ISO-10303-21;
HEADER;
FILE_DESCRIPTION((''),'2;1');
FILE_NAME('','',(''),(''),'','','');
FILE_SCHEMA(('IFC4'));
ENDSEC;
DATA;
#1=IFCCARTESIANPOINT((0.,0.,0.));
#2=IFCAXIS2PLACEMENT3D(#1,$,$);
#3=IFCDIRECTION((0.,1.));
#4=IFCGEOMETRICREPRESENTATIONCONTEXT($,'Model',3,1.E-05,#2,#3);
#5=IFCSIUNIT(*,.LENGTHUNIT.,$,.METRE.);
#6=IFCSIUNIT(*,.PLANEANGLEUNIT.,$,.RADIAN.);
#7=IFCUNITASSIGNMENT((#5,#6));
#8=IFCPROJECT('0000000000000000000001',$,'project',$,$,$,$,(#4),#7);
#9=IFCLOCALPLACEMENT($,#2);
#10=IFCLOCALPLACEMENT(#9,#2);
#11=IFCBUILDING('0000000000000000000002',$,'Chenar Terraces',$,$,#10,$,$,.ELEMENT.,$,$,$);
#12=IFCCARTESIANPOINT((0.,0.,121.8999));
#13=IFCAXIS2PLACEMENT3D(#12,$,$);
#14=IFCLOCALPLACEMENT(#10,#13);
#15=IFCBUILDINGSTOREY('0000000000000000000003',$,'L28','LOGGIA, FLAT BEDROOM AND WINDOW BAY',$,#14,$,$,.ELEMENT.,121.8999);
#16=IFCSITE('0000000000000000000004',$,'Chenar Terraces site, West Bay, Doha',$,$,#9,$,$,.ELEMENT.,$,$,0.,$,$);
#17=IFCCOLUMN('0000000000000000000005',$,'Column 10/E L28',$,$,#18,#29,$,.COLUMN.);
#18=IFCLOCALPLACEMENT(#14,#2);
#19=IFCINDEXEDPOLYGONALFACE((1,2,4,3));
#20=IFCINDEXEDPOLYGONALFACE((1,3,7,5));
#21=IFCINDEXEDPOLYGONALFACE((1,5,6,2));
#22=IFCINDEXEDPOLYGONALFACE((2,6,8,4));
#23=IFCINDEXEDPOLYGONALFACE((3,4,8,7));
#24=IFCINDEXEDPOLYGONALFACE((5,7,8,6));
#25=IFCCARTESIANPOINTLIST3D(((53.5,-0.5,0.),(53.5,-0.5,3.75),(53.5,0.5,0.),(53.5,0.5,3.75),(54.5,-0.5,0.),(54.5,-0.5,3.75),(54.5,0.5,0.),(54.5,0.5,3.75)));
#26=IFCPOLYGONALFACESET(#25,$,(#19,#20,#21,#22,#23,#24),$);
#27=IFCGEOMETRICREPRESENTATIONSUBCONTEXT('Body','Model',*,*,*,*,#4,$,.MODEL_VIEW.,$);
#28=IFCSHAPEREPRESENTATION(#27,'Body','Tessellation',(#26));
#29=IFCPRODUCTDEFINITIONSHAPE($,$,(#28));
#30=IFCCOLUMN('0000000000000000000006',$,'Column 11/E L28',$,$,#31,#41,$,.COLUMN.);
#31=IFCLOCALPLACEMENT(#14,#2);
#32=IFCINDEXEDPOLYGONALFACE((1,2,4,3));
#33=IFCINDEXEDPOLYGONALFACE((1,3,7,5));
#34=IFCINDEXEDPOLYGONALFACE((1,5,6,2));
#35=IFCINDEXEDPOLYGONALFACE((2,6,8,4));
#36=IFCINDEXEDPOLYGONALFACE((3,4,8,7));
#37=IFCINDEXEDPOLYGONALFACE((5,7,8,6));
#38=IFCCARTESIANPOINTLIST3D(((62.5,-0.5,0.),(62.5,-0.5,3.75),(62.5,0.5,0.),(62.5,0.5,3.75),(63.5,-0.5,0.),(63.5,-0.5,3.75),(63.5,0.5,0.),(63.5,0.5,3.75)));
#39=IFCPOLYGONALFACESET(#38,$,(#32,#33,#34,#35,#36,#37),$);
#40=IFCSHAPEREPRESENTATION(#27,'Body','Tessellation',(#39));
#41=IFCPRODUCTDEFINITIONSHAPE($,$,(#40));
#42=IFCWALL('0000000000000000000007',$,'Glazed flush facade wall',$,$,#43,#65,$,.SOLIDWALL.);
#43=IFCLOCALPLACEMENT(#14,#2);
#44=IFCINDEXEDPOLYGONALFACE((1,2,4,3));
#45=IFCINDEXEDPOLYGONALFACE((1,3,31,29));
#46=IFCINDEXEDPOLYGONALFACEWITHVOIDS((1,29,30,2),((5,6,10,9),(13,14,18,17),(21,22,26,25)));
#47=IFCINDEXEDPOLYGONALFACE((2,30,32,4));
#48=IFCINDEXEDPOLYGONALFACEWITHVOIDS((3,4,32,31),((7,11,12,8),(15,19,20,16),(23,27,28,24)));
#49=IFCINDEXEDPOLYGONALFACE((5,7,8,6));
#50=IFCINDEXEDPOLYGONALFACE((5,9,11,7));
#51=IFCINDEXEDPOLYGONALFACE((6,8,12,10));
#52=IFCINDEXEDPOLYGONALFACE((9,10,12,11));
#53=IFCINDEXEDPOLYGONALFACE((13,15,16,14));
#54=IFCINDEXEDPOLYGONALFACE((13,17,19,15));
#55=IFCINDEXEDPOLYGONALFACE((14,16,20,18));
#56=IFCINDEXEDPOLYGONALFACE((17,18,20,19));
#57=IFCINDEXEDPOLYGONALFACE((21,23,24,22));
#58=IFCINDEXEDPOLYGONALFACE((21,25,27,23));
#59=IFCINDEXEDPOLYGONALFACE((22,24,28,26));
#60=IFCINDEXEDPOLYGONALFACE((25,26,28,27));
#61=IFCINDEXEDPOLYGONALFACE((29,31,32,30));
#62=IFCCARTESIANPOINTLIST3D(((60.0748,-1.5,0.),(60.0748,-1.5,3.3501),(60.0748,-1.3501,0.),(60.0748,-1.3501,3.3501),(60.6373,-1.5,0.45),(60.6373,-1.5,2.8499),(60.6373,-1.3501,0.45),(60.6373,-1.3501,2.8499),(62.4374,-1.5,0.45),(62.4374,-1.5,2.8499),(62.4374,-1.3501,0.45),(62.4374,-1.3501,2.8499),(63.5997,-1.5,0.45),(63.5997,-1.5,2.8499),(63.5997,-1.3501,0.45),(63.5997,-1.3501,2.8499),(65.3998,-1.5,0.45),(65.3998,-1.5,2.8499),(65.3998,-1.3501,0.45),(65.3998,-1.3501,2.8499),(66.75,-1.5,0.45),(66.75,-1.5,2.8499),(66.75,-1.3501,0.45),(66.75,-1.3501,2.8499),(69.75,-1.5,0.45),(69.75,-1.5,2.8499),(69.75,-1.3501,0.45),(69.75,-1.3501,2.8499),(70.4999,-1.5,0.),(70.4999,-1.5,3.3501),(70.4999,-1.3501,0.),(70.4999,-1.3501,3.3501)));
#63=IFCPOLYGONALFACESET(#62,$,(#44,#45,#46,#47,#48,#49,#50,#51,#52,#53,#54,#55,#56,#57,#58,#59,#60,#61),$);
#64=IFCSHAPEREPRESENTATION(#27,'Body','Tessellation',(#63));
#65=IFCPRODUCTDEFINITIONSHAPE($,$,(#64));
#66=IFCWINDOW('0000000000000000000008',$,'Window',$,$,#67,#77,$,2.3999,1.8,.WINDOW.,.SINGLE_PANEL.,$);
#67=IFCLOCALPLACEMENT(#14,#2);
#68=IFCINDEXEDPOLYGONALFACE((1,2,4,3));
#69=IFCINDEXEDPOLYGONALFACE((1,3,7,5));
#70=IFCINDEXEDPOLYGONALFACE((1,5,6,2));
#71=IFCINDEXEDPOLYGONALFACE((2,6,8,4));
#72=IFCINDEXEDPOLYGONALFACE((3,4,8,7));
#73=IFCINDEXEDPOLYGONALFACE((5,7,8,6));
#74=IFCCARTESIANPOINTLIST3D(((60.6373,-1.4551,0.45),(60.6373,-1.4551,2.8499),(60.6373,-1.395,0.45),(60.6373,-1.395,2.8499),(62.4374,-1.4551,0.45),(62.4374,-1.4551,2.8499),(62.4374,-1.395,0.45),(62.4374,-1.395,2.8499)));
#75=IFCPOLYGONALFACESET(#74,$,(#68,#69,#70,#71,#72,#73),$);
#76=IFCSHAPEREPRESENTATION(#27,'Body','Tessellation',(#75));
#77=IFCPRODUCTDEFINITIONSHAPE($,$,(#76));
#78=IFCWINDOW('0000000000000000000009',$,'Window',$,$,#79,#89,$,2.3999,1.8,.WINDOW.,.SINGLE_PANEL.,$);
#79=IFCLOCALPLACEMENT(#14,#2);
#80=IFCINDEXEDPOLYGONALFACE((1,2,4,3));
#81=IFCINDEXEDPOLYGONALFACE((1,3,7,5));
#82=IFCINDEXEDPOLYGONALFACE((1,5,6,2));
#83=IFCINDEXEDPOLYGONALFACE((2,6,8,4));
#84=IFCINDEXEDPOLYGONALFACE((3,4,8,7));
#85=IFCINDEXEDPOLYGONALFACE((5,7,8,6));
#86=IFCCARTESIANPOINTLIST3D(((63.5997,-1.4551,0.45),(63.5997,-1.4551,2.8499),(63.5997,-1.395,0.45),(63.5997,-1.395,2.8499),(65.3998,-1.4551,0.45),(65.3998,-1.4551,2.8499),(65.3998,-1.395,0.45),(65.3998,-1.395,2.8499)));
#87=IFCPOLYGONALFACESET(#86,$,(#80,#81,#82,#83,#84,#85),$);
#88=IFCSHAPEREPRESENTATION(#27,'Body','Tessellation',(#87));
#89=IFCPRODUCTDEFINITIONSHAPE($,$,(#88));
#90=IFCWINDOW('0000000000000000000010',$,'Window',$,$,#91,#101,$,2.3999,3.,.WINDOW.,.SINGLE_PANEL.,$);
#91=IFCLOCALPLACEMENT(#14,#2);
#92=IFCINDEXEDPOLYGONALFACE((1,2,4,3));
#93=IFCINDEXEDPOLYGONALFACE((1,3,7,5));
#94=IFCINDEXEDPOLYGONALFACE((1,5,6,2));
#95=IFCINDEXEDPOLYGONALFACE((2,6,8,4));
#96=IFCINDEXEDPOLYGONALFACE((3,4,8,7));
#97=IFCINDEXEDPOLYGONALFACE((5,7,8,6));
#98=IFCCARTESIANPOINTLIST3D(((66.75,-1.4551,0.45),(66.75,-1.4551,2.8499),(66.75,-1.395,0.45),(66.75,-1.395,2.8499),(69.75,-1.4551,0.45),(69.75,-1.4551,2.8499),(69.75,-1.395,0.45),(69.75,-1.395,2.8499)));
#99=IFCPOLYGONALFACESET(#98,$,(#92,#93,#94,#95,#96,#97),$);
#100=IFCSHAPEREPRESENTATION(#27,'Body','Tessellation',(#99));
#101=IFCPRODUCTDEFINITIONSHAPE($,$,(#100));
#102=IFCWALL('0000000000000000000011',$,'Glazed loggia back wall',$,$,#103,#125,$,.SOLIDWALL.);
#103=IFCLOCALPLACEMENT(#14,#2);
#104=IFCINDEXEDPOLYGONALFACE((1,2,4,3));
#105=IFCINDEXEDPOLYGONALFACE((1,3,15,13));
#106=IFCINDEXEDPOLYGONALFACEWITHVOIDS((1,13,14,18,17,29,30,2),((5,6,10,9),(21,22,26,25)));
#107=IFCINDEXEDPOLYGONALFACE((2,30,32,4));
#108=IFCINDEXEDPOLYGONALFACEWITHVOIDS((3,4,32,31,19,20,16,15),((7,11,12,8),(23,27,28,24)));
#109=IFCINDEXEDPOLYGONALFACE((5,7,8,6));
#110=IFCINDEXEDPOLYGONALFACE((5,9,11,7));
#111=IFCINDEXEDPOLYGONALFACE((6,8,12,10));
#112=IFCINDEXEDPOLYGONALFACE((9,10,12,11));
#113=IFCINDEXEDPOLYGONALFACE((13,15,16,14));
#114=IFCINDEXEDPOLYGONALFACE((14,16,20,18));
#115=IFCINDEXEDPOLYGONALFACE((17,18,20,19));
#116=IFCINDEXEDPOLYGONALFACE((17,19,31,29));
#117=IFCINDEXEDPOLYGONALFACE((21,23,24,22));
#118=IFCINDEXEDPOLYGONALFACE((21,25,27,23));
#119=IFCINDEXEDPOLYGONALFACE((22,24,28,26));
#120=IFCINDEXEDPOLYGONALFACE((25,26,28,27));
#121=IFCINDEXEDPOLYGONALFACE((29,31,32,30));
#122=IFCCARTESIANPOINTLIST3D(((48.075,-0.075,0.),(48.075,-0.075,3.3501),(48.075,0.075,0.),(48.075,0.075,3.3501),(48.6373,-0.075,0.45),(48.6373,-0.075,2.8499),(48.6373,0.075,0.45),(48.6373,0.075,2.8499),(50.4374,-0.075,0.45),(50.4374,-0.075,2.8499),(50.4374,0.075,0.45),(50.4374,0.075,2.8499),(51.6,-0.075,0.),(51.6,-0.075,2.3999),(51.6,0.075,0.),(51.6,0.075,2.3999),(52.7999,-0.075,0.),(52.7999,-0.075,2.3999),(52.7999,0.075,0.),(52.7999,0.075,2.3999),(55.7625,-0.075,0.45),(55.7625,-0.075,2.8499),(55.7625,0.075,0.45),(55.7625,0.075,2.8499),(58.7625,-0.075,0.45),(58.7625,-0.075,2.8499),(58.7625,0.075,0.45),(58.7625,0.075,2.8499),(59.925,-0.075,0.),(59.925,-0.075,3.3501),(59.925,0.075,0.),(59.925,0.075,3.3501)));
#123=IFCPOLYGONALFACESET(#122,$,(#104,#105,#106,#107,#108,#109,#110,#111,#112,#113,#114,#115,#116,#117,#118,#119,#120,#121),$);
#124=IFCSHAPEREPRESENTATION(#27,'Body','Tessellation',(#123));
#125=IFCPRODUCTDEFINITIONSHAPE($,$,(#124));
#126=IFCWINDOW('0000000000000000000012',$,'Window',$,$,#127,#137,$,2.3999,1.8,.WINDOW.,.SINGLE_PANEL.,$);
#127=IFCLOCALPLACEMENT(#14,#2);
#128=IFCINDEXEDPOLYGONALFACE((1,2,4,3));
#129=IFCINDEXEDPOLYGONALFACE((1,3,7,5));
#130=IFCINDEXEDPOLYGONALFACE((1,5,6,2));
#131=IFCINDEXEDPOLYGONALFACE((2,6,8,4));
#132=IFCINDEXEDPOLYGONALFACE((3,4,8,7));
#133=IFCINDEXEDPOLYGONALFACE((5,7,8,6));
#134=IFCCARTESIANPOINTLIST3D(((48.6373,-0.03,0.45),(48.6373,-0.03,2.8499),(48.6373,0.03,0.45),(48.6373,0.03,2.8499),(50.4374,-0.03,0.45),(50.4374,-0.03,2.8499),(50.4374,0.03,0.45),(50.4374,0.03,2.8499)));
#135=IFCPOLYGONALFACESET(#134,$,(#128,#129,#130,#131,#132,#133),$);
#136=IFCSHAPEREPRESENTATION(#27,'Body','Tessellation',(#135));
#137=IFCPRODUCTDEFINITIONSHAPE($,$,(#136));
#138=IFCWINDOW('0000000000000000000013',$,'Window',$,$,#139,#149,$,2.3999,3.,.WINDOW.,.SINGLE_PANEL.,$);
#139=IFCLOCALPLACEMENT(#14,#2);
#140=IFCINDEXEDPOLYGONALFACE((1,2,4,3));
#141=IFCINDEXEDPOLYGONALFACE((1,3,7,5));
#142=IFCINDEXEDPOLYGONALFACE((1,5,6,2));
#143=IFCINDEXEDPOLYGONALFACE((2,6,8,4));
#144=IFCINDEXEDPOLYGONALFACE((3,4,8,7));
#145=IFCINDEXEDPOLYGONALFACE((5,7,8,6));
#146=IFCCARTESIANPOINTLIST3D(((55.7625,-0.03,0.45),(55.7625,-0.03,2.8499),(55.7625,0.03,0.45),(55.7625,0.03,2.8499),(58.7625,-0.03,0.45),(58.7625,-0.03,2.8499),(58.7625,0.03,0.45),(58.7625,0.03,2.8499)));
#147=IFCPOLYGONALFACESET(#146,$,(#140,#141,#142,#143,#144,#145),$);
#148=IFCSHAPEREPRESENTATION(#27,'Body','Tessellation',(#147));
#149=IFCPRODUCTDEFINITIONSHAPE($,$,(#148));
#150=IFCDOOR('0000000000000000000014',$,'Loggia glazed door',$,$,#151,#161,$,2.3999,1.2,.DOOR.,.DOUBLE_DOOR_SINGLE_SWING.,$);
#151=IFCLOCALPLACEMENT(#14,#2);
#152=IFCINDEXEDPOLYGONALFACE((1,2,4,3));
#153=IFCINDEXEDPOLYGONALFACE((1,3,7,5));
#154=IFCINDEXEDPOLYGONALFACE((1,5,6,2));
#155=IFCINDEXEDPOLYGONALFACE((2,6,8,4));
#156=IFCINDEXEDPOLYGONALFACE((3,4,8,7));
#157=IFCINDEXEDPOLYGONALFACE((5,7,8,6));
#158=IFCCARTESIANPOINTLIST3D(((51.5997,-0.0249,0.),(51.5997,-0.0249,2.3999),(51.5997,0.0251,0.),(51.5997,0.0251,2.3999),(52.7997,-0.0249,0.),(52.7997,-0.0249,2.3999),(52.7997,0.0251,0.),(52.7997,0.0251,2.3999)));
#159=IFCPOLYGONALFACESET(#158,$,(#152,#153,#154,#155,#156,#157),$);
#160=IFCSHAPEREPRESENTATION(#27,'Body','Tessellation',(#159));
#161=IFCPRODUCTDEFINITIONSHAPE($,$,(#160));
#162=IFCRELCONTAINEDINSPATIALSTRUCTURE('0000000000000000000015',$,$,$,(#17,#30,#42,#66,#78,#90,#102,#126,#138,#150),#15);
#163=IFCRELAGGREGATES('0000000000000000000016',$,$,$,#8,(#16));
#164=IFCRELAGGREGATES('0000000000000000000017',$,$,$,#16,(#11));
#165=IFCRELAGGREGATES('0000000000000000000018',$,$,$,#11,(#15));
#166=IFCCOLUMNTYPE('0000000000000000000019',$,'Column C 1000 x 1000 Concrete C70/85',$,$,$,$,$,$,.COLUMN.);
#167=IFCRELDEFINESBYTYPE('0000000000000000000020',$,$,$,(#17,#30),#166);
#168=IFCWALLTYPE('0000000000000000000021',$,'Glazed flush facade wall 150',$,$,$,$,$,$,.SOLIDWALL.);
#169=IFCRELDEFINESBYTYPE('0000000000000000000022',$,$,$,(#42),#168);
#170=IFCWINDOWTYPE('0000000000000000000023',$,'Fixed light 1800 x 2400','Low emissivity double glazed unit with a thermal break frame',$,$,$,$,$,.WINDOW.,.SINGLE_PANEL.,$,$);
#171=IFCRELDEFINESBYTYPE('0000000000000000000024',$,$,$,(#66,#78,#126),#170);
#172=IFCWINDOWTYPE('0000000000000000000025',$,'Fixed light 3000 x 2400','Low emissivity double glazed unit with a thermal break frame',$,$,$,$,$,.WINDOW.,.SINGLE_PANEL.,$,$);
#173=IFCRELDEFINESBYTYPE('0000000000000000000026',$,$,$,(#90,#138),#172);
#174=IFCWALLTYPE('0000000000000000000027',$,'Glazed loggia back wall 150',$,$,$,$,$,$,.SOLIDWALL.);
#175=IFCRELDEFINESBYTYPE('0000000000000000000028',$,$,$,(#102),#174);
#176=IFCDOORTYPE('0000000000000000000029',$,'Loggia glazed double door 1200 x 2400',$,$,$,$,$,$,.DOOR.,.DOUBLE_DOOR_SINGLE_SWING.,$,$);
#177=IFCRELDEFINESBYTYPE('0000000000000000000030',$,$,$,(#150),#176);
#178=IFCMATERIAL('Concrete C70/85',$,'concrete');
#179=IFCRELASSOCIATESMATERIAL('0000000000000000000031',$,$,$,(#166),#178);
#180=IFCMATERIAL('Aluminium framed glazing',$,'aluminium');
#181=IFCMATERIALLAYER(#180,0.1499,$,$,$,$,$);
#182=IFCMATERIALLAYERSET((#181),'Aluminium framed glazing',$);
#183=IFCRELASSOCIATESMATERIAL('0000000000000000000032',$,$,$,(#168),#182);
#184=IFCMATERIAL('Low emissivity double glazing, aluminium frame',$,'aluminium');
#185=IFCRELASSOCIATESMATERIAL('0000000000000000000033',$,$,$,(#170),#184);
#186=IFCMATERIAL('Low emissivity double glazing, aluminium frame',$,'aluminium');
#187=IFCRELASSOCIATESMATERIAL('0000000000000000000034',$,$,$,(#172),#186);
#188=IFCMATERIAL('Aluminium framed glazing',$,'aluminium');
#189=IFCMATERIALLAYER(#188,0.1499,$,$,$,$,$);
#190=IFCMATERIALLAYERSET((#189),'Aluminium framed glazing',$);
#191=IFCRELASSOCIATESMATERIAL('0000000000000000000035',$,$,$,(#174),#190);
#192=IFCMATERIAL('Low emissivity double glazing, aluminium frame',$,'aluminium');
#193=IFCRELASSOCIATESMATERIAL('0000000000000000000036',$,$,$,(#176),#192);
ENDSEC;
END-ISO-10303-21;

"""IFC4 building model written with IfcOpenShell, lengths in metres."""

from ifc_helpers import new_model, si_unit, direction, frame, frame_2d, origin, origin_2d, place, context, subcontext, project, spatial, rectangle, extrude, material, layer, layer_set, material_profile, profile_set, type_object, element, fill, save


model = new_model("IFC4")

# Units and contexts
model_context = context("Model", 3, precision=1e-05, world=origin(), true_north=direction((0.0, 1.0)))
body_context = subcontext(model_context, "Body", "Model", "MODEL_VIEW")
ifc_project = project(units=[si_unit("LENGTHUNIT", "METRE"), si_unit("PLANEANGLEUNIT", "RADIAN")], contexts=[model_context])

# Site, building, storey
site_placement = place(None, origin())
site = spatial("IfcSite", under=ifc_project, at=site_placement, Name="Chenar Terraces site, West Bay, Doha", CompositionType="ELEMENT", RefElevation=0.0)
building_placement = place(site_placement, origin())
building = spatial("IfcBuilding", under=site, at=building_placement, Name="Chenar Terraces", CompositionType="ELEMENT")
storey_placement = place(building_placement, frame((0.0, 0.0, 121.8999)))
storey = spatial("IfcBuildingStorey", under=building, at=storey_placement, Name="L28", Description="LOGGIA, FLAT BEDROOM AND WINDOW BAY", CompositionType="ELEMENT", Elevation=121.8999)

# Columns
ifc_material_1 = material(Name="Concrete C70/85", Category="concrete")
ifc_material_profile_1 = material_profile(ifc_material_1, rectangle(XDim=1.0, YDim=1.0, at=origin_2d()), Name="C 1000 x 1000")
ifc_profile_set_1 = profile_set([ifc_material_profile_1], Name="Concrete C70/85")
column_type = type_object("IfcColumnType", Name="Column C 1000 x 1000 Concrete C70/85", PredefinedType="COLUMN", material=ifc_profile_set_1)
for number, where, z_axis, x_axis, name in (
    (1, (54.0, 0.0, 0.0), (0.0, 0.0, 1.0), (1.0, 0.0, 0.0), "Column 10/E L28"),
    (2, (63.0, 0.0, 0.0), (0.0, 0.0, 1.0), (1.0, 0.0, 0.0), "Column 11/E L28"),
):
    element("IfcColumn", number, at=place(storey_placement, frame(where, z_axis=z_axis, x_axis=x_axis)), inside=storey, type_object=column_type, Name=name, PredefinedType="COLUMN", context=body_context, shape_type="SweptSolid", body=[
        extrude(rectangle(XDim=1.0, YDim=1.0, at=origin_2d()), origin(), (0.0, 0.0, 1.0), 3.75),
    ])

# Wall, openings, windows
ifc_material_2 = material(Name="Aluminium framed glazing", Category="aluminium")
ifc_layer_1 = layer(ifc_material_2, 0.1499)
ifc_layer_set_1 = layer_set([ifc_layer_1], Name="Aluminium framed glazing")
wall_type_1 = type_object("IfcWallType", Name="Glazed flush facade wall 150", PredefinedType="SOLIDWALL", material=ifc_layer_set_1)
wall_1_placement = place(storey_placement, frame((60.075, -1.425, 0.0), z_axis=(0.0, 0.0, 1.0), x_axis=(1.0, 0.0, 0.0)))
wall_1 = element("IfcWall", 3, at=wall_1_placement, inside=storey, type_object=wall_type_1, Name="Glazed flush facade wall", PredefinedType="SOLIDWALL", context=body_context, shape_type="SweptSolid", body=[
    extrude(rectangle(XDim=10.425, YDim=0.1499, at=frame_2d((5.2124, 0.0))), origin(), (0.0, 0.0, 1.0), 3.3501),
])
opening_1_placement = place(wall_1_placement, frame((0.5625, 0.0, 0.45)))
opening_1 = element("IfcOpeningElement", 4, at=opening_1_placement, cuts=wall_1, PredefinedType="OPENING", context=body_context, shape_type="SweptSolid", body=[
    extrude(rectangle(XDim=1.8, YDim=2.3999, at=frame_2d((0.8999, 1.2))), frame((0.0, 0.085, 0.0), z_axis=(0.0, -1.0, 0.0), x_axis=(1.0, 0.0, 0.0)), (0.0, 0.0, 1.0), 0.1699),
])
opening_2_placement = place(wall_1_placement, frame((3.5249, 0.0, 0.45)))
opening_2 = element("IfcOpeningElement", 5, at=opening_2_placement, cuts=wall_1, PredefinedType="OPENING", context=body_context, shape_type="SweptSolid", body=[
    extrude(rectangle(XDim=1.8, YDim=2.3999, at=frame_2d((0.8999, 1.2))), frame((0.0, 0.085, 0.0), z_axis=(0.0, -1.0, 0.0), x_axis=(1.0, 0.0, 0.0)), (0.0, 0.0, 1.0), 0.1699),
])
opening_3_placement = place(wall_1_placement, frame((6.675, 0.0, 0.45)))
opening_3 = element("IfcOpeningElement", 6, at=opening_3_placement, cuts=wall_1, PredefinedType="OPENING", context=body_context, shape_type="SweptSolid", body=[
    extrude(rectangle(XDim=3.0, YDim=2.3999, at=frame_2d((1.5, 1.2))), frame((0.0, 0.085, 0.0), z_axis=(0.0, -1.0, 0.0), x_axis=(1.0, 0.0, 0.0)), (0.0, 0.0, 1.0), 0.1699),
])
ifc_material_3 = material(Name="Low emissivity double glazing, aluminium frame", Category="aluminium")
window_type_1 = type_object("IfcWindowType", Name="Fixed light 1800 x 2400", Description="Low emissivity double glazed unit with a thermal break frame", PartitioningType="SINGLE_PANEL", PredefinedType="WINDOW", material=ifc_material_3)
window_1_placement = place(opening_1_placement, origin())
window_1 = element("IfcWindow", 7, at=window_1_placement, inside=storey, type_object=window_type_1, Name="Window", OverallHeight=2.3999, OverallWidth=1.8, PartitioningType="SINGLE_PANEL", PredefinedType="WINDOW", context=body_context, shape_type="SweptSolid", body=[
    extrude(rectangle(XDim=1.8, YDim=2.3999, at=frame_2d((0.8999, 1.2))), frame((0.0, 0.03, 0.0), z_axis=(0.0, -1.0, 0.0), x_axis=(1.0, 0.0, 0.0)), (0.0, 0.0, 1.0), 0.0601),
])
fill(opening_1, window_1)
window_2_placement = place(opening_2_placement, origin())
window_2 = element("IfcWindow", 8, at=window_2_placement, inside=storey, type_object=window_type_1, Name="Window", OverallHeight=2.3999, OverallWidth=1.8, PartitioningType="SINGLE_PANEL", PredefinedType="WINDOW", context=body_context, shape_type="SweptSolid", body=[
    extrude(rectangle(XDim=1.8, YDim=2.3999, at=frame_2d((0.8999, 1.2))), frame((0.0, 0.03, 0.0), z_axis=(0.0, -1.0, 0.0), x_axis=(1.0, 0.0, 0.0)), (0.0, 0.0, 1.0), 0.0601),
])
fill(opening_2, window_2)
ifc_material_4 = material(Name="Low emissivity double glazing, aluminium frame", Category="aluminium")
window_type_2 = type_object("IfcWindowType", Name="Fixed light 3000 x 2400", Description="Low emissivity double glazed unit with a thermal break frame", PartitioningType="SINGLE_PANEL", PredefinedType="WINDOW", material=ifc_material_4)
window_3_placement = place(opening_3_placement, origin())
window_3 = element("IfcWindow", 9, at=window_3_placement, inside=storey, type_object=window_type_2, Name="Window", OverallHeight=2.3999, OverallWidth=3.0, PartitioningType="SINGLE_PANEL", PredefinedType="WINDOW", context=body_context, shape_type="SweptSolid", body=[
    extrude(rectangle(XDim=3.0, YDim=2.3999, at=frame_2d((1.5, 1.2))), frame((0.0, 0.03, 0.0), z_axis=(0.0, -1.0, 0.0), x_axis=(1.0, 0.0, 0.0)), (0.0, 0.0, 1.0), 0.0601),
])
fill(opening_3, window_3)

# Wall, openings, windows, door
ifc_material_5 = material(Name="Aluminium framed glazing", Category="aluminium")
ifc_layer_2 = layer(ifc_material_5, 0.1499)
ifc_layer_set_2 = layer_set([ifc_layer_2], Name="Aluminium framed glazing")
wall_type_2 = type_object("IfcWallType", Name="Glazed loggia back wall 150", PredefinedType="SOLIDWALL", material=ifc_layer_set_2)
wall_2_placement = place(storey_placement, frame((48.075, 0.0, 0.0), z_axis=(0.0, 0.0, 1.0), x_axis=(1.0, 0.0, 0.0)))
wall_2 = element("IfcWall", 10, at=wall_2_placement, inside=storey, type_object=wall_type_2, Name="Glazed loggia back wall", PredefinedType="SOLIDWALL", context=body_context, shape_type="SweptSolid", body=[
    extrude(rectangle(XDim=11.8501, YDim=0.1499, at=frame_2d((5.925, 0.0))), origin(), (0.0, 0.0, 1.0), 3.3501),
])
opening_4_placement = place(wall_2_placement, frame((0.5625, 0.0, 0.45)))
opening_4 = element("IfcOpeningElement", 11, at=opening_4_placement, cuts=wall_2, PredefinedType="OPENING", context=body_context, shape_type="SweptSolid", body=[
    extrude(rectangle(XDim=1.8, YDim=2.3999, at=frame_2d((0.8999, 1.2))), frame((0.0, 0.085, 0.0), z_axis=(0.0, -1.0, 0.0), x_axis=(1.0, 0.0, 0.0)), (0.0, 0.0, 1.0), 0.1699),
])
opening_5_placement = place(wall_2_placement, frame((3.5249, 0.0, 0.0)))
opening_5 = element("IfcOpeningElement", 12, at=opening_5_placement, cuts=wall_2, PredefinedType="OPENING", context=body_context, shape_type="SweptSolid", body=[
    extrude(rectangle(XDim=1.2, YDim=2.3999, at=frame_2d((0.6001, 1.2))), frame((0.0, 0.085, 0.0), z_axis=(0.0, -1.0, 0.0), x_axis=(1.0, 0.0, 0.0)), (0.0, 0.0, 1.0), 0.1699),
])
opening_6_placement = place(wall_2_placement, frame((7.6875, 0.0, 0.45)))
opening_6 = element("IfcOpeningElement", 13, at=opening_6_placement, cuts=wall_2, PredefinedType="OPENING", context=body_context, shape_type="SweptSolid", body=[
    extrude(rectangle(XDim=3.0, YDim=2.3999, at=frame_2d((1.5, 1.2))), frame((0.0, 0.085, 0.0), z_axis=(0.0, -1.0, 0.0), x_axis=(1.0, 0.0, 0.0)), (0.0, 0.0, 1.0), 0.1699),
])
window_4_placement = place(opening_4_placement, origin())
window_4 = element("IfcWindow", 14, at=window_4_placement, inside=storey, type_object=window_type_1, Name="Window", OverallHeight=2.3999, OverallWidth=1.8, PartitioningType="SINGLE_PANEL", PredefinedType="WINDOW", context=body_context, shape_type="SweptSolid", body=[
    extrude(rectangle(XDim=1.8, YDim=2.3999, at=frame_2d((0.8999, 1.2))), frame((0.0, 0.03, 0.0), z_axis=(0.0, -1.0, 0.0), x_axis=(1.0, 0.0, 0.0)), (0.0, 0.0, 1.0), 0.0601),
])
fill(opening_4, window_4)
window_5_placement = place(opening_6_placement, origin())
window_5 = element("IfcWindow", 15, at=window_5_placement, inside=storey, type_object=window_type_2, Name="Window", OverallHeight=2.3999, OverallWidth=3.0, PartitioningType="SINGLE_PANEL", PredefinedType="WINDOW", context=body_context, shape_type="SweptSolid", body=[
    extrude(rectangle(XDim=3.0, YDim=2.3999, at=frame_2d((1.5, 1.2))), frame((0.0, 0.03, 0.0), z_axis=(0.0, -1.0, 0.0), x_axis=(1.0, 0.0, 0.0)), (0.0, 0.0, 1.0), 0.0601),
])
fill(opening_6, window_5)
ifc_material_6 = material(Name="Low emissivity double glazing, aluminium frame", Category="aluminium")
door_type = type_object("IfcDoorType", Name="Loggia glazed double door 1200 x 2400", OperationType="DOUBLE_DOOR_SINGLE_SWING", PredefinedType="DOOR", material=ifc_material_6)
door_placement = place(opening_5_placement, frame((1.2, 0.0, 0.0), z_axis=(0.0, 0.0, 1.0), x_axis=(-1.0, 0.0, 0.0)))
door = element("IfcDoor", 16, at=door_placement, inside=storey, type_object=door_type, Name="Loggia glazed door", OperationType="DOUBLE_DOOR_SINGLE_SWING", OverallHeight=2.3999, OverallWidth=1.2, PredefinedType="DOOR", context=body_context, shape_type="SweptSolid", body=[
    extrude(rectangle(XDim=1.2, YDim=2.3999, at=frame_2d((0.6001, 1.2))), frame((0.0, 0.0249, 0.0), z_axis=(0.0, -1.0, 0.0), x_axis=(1.0, 0.0, 0.0)), (0.0, 0.0, 1.0), 0.05),
])
fill(opening_5, door)

save(model, "model.ifc")
